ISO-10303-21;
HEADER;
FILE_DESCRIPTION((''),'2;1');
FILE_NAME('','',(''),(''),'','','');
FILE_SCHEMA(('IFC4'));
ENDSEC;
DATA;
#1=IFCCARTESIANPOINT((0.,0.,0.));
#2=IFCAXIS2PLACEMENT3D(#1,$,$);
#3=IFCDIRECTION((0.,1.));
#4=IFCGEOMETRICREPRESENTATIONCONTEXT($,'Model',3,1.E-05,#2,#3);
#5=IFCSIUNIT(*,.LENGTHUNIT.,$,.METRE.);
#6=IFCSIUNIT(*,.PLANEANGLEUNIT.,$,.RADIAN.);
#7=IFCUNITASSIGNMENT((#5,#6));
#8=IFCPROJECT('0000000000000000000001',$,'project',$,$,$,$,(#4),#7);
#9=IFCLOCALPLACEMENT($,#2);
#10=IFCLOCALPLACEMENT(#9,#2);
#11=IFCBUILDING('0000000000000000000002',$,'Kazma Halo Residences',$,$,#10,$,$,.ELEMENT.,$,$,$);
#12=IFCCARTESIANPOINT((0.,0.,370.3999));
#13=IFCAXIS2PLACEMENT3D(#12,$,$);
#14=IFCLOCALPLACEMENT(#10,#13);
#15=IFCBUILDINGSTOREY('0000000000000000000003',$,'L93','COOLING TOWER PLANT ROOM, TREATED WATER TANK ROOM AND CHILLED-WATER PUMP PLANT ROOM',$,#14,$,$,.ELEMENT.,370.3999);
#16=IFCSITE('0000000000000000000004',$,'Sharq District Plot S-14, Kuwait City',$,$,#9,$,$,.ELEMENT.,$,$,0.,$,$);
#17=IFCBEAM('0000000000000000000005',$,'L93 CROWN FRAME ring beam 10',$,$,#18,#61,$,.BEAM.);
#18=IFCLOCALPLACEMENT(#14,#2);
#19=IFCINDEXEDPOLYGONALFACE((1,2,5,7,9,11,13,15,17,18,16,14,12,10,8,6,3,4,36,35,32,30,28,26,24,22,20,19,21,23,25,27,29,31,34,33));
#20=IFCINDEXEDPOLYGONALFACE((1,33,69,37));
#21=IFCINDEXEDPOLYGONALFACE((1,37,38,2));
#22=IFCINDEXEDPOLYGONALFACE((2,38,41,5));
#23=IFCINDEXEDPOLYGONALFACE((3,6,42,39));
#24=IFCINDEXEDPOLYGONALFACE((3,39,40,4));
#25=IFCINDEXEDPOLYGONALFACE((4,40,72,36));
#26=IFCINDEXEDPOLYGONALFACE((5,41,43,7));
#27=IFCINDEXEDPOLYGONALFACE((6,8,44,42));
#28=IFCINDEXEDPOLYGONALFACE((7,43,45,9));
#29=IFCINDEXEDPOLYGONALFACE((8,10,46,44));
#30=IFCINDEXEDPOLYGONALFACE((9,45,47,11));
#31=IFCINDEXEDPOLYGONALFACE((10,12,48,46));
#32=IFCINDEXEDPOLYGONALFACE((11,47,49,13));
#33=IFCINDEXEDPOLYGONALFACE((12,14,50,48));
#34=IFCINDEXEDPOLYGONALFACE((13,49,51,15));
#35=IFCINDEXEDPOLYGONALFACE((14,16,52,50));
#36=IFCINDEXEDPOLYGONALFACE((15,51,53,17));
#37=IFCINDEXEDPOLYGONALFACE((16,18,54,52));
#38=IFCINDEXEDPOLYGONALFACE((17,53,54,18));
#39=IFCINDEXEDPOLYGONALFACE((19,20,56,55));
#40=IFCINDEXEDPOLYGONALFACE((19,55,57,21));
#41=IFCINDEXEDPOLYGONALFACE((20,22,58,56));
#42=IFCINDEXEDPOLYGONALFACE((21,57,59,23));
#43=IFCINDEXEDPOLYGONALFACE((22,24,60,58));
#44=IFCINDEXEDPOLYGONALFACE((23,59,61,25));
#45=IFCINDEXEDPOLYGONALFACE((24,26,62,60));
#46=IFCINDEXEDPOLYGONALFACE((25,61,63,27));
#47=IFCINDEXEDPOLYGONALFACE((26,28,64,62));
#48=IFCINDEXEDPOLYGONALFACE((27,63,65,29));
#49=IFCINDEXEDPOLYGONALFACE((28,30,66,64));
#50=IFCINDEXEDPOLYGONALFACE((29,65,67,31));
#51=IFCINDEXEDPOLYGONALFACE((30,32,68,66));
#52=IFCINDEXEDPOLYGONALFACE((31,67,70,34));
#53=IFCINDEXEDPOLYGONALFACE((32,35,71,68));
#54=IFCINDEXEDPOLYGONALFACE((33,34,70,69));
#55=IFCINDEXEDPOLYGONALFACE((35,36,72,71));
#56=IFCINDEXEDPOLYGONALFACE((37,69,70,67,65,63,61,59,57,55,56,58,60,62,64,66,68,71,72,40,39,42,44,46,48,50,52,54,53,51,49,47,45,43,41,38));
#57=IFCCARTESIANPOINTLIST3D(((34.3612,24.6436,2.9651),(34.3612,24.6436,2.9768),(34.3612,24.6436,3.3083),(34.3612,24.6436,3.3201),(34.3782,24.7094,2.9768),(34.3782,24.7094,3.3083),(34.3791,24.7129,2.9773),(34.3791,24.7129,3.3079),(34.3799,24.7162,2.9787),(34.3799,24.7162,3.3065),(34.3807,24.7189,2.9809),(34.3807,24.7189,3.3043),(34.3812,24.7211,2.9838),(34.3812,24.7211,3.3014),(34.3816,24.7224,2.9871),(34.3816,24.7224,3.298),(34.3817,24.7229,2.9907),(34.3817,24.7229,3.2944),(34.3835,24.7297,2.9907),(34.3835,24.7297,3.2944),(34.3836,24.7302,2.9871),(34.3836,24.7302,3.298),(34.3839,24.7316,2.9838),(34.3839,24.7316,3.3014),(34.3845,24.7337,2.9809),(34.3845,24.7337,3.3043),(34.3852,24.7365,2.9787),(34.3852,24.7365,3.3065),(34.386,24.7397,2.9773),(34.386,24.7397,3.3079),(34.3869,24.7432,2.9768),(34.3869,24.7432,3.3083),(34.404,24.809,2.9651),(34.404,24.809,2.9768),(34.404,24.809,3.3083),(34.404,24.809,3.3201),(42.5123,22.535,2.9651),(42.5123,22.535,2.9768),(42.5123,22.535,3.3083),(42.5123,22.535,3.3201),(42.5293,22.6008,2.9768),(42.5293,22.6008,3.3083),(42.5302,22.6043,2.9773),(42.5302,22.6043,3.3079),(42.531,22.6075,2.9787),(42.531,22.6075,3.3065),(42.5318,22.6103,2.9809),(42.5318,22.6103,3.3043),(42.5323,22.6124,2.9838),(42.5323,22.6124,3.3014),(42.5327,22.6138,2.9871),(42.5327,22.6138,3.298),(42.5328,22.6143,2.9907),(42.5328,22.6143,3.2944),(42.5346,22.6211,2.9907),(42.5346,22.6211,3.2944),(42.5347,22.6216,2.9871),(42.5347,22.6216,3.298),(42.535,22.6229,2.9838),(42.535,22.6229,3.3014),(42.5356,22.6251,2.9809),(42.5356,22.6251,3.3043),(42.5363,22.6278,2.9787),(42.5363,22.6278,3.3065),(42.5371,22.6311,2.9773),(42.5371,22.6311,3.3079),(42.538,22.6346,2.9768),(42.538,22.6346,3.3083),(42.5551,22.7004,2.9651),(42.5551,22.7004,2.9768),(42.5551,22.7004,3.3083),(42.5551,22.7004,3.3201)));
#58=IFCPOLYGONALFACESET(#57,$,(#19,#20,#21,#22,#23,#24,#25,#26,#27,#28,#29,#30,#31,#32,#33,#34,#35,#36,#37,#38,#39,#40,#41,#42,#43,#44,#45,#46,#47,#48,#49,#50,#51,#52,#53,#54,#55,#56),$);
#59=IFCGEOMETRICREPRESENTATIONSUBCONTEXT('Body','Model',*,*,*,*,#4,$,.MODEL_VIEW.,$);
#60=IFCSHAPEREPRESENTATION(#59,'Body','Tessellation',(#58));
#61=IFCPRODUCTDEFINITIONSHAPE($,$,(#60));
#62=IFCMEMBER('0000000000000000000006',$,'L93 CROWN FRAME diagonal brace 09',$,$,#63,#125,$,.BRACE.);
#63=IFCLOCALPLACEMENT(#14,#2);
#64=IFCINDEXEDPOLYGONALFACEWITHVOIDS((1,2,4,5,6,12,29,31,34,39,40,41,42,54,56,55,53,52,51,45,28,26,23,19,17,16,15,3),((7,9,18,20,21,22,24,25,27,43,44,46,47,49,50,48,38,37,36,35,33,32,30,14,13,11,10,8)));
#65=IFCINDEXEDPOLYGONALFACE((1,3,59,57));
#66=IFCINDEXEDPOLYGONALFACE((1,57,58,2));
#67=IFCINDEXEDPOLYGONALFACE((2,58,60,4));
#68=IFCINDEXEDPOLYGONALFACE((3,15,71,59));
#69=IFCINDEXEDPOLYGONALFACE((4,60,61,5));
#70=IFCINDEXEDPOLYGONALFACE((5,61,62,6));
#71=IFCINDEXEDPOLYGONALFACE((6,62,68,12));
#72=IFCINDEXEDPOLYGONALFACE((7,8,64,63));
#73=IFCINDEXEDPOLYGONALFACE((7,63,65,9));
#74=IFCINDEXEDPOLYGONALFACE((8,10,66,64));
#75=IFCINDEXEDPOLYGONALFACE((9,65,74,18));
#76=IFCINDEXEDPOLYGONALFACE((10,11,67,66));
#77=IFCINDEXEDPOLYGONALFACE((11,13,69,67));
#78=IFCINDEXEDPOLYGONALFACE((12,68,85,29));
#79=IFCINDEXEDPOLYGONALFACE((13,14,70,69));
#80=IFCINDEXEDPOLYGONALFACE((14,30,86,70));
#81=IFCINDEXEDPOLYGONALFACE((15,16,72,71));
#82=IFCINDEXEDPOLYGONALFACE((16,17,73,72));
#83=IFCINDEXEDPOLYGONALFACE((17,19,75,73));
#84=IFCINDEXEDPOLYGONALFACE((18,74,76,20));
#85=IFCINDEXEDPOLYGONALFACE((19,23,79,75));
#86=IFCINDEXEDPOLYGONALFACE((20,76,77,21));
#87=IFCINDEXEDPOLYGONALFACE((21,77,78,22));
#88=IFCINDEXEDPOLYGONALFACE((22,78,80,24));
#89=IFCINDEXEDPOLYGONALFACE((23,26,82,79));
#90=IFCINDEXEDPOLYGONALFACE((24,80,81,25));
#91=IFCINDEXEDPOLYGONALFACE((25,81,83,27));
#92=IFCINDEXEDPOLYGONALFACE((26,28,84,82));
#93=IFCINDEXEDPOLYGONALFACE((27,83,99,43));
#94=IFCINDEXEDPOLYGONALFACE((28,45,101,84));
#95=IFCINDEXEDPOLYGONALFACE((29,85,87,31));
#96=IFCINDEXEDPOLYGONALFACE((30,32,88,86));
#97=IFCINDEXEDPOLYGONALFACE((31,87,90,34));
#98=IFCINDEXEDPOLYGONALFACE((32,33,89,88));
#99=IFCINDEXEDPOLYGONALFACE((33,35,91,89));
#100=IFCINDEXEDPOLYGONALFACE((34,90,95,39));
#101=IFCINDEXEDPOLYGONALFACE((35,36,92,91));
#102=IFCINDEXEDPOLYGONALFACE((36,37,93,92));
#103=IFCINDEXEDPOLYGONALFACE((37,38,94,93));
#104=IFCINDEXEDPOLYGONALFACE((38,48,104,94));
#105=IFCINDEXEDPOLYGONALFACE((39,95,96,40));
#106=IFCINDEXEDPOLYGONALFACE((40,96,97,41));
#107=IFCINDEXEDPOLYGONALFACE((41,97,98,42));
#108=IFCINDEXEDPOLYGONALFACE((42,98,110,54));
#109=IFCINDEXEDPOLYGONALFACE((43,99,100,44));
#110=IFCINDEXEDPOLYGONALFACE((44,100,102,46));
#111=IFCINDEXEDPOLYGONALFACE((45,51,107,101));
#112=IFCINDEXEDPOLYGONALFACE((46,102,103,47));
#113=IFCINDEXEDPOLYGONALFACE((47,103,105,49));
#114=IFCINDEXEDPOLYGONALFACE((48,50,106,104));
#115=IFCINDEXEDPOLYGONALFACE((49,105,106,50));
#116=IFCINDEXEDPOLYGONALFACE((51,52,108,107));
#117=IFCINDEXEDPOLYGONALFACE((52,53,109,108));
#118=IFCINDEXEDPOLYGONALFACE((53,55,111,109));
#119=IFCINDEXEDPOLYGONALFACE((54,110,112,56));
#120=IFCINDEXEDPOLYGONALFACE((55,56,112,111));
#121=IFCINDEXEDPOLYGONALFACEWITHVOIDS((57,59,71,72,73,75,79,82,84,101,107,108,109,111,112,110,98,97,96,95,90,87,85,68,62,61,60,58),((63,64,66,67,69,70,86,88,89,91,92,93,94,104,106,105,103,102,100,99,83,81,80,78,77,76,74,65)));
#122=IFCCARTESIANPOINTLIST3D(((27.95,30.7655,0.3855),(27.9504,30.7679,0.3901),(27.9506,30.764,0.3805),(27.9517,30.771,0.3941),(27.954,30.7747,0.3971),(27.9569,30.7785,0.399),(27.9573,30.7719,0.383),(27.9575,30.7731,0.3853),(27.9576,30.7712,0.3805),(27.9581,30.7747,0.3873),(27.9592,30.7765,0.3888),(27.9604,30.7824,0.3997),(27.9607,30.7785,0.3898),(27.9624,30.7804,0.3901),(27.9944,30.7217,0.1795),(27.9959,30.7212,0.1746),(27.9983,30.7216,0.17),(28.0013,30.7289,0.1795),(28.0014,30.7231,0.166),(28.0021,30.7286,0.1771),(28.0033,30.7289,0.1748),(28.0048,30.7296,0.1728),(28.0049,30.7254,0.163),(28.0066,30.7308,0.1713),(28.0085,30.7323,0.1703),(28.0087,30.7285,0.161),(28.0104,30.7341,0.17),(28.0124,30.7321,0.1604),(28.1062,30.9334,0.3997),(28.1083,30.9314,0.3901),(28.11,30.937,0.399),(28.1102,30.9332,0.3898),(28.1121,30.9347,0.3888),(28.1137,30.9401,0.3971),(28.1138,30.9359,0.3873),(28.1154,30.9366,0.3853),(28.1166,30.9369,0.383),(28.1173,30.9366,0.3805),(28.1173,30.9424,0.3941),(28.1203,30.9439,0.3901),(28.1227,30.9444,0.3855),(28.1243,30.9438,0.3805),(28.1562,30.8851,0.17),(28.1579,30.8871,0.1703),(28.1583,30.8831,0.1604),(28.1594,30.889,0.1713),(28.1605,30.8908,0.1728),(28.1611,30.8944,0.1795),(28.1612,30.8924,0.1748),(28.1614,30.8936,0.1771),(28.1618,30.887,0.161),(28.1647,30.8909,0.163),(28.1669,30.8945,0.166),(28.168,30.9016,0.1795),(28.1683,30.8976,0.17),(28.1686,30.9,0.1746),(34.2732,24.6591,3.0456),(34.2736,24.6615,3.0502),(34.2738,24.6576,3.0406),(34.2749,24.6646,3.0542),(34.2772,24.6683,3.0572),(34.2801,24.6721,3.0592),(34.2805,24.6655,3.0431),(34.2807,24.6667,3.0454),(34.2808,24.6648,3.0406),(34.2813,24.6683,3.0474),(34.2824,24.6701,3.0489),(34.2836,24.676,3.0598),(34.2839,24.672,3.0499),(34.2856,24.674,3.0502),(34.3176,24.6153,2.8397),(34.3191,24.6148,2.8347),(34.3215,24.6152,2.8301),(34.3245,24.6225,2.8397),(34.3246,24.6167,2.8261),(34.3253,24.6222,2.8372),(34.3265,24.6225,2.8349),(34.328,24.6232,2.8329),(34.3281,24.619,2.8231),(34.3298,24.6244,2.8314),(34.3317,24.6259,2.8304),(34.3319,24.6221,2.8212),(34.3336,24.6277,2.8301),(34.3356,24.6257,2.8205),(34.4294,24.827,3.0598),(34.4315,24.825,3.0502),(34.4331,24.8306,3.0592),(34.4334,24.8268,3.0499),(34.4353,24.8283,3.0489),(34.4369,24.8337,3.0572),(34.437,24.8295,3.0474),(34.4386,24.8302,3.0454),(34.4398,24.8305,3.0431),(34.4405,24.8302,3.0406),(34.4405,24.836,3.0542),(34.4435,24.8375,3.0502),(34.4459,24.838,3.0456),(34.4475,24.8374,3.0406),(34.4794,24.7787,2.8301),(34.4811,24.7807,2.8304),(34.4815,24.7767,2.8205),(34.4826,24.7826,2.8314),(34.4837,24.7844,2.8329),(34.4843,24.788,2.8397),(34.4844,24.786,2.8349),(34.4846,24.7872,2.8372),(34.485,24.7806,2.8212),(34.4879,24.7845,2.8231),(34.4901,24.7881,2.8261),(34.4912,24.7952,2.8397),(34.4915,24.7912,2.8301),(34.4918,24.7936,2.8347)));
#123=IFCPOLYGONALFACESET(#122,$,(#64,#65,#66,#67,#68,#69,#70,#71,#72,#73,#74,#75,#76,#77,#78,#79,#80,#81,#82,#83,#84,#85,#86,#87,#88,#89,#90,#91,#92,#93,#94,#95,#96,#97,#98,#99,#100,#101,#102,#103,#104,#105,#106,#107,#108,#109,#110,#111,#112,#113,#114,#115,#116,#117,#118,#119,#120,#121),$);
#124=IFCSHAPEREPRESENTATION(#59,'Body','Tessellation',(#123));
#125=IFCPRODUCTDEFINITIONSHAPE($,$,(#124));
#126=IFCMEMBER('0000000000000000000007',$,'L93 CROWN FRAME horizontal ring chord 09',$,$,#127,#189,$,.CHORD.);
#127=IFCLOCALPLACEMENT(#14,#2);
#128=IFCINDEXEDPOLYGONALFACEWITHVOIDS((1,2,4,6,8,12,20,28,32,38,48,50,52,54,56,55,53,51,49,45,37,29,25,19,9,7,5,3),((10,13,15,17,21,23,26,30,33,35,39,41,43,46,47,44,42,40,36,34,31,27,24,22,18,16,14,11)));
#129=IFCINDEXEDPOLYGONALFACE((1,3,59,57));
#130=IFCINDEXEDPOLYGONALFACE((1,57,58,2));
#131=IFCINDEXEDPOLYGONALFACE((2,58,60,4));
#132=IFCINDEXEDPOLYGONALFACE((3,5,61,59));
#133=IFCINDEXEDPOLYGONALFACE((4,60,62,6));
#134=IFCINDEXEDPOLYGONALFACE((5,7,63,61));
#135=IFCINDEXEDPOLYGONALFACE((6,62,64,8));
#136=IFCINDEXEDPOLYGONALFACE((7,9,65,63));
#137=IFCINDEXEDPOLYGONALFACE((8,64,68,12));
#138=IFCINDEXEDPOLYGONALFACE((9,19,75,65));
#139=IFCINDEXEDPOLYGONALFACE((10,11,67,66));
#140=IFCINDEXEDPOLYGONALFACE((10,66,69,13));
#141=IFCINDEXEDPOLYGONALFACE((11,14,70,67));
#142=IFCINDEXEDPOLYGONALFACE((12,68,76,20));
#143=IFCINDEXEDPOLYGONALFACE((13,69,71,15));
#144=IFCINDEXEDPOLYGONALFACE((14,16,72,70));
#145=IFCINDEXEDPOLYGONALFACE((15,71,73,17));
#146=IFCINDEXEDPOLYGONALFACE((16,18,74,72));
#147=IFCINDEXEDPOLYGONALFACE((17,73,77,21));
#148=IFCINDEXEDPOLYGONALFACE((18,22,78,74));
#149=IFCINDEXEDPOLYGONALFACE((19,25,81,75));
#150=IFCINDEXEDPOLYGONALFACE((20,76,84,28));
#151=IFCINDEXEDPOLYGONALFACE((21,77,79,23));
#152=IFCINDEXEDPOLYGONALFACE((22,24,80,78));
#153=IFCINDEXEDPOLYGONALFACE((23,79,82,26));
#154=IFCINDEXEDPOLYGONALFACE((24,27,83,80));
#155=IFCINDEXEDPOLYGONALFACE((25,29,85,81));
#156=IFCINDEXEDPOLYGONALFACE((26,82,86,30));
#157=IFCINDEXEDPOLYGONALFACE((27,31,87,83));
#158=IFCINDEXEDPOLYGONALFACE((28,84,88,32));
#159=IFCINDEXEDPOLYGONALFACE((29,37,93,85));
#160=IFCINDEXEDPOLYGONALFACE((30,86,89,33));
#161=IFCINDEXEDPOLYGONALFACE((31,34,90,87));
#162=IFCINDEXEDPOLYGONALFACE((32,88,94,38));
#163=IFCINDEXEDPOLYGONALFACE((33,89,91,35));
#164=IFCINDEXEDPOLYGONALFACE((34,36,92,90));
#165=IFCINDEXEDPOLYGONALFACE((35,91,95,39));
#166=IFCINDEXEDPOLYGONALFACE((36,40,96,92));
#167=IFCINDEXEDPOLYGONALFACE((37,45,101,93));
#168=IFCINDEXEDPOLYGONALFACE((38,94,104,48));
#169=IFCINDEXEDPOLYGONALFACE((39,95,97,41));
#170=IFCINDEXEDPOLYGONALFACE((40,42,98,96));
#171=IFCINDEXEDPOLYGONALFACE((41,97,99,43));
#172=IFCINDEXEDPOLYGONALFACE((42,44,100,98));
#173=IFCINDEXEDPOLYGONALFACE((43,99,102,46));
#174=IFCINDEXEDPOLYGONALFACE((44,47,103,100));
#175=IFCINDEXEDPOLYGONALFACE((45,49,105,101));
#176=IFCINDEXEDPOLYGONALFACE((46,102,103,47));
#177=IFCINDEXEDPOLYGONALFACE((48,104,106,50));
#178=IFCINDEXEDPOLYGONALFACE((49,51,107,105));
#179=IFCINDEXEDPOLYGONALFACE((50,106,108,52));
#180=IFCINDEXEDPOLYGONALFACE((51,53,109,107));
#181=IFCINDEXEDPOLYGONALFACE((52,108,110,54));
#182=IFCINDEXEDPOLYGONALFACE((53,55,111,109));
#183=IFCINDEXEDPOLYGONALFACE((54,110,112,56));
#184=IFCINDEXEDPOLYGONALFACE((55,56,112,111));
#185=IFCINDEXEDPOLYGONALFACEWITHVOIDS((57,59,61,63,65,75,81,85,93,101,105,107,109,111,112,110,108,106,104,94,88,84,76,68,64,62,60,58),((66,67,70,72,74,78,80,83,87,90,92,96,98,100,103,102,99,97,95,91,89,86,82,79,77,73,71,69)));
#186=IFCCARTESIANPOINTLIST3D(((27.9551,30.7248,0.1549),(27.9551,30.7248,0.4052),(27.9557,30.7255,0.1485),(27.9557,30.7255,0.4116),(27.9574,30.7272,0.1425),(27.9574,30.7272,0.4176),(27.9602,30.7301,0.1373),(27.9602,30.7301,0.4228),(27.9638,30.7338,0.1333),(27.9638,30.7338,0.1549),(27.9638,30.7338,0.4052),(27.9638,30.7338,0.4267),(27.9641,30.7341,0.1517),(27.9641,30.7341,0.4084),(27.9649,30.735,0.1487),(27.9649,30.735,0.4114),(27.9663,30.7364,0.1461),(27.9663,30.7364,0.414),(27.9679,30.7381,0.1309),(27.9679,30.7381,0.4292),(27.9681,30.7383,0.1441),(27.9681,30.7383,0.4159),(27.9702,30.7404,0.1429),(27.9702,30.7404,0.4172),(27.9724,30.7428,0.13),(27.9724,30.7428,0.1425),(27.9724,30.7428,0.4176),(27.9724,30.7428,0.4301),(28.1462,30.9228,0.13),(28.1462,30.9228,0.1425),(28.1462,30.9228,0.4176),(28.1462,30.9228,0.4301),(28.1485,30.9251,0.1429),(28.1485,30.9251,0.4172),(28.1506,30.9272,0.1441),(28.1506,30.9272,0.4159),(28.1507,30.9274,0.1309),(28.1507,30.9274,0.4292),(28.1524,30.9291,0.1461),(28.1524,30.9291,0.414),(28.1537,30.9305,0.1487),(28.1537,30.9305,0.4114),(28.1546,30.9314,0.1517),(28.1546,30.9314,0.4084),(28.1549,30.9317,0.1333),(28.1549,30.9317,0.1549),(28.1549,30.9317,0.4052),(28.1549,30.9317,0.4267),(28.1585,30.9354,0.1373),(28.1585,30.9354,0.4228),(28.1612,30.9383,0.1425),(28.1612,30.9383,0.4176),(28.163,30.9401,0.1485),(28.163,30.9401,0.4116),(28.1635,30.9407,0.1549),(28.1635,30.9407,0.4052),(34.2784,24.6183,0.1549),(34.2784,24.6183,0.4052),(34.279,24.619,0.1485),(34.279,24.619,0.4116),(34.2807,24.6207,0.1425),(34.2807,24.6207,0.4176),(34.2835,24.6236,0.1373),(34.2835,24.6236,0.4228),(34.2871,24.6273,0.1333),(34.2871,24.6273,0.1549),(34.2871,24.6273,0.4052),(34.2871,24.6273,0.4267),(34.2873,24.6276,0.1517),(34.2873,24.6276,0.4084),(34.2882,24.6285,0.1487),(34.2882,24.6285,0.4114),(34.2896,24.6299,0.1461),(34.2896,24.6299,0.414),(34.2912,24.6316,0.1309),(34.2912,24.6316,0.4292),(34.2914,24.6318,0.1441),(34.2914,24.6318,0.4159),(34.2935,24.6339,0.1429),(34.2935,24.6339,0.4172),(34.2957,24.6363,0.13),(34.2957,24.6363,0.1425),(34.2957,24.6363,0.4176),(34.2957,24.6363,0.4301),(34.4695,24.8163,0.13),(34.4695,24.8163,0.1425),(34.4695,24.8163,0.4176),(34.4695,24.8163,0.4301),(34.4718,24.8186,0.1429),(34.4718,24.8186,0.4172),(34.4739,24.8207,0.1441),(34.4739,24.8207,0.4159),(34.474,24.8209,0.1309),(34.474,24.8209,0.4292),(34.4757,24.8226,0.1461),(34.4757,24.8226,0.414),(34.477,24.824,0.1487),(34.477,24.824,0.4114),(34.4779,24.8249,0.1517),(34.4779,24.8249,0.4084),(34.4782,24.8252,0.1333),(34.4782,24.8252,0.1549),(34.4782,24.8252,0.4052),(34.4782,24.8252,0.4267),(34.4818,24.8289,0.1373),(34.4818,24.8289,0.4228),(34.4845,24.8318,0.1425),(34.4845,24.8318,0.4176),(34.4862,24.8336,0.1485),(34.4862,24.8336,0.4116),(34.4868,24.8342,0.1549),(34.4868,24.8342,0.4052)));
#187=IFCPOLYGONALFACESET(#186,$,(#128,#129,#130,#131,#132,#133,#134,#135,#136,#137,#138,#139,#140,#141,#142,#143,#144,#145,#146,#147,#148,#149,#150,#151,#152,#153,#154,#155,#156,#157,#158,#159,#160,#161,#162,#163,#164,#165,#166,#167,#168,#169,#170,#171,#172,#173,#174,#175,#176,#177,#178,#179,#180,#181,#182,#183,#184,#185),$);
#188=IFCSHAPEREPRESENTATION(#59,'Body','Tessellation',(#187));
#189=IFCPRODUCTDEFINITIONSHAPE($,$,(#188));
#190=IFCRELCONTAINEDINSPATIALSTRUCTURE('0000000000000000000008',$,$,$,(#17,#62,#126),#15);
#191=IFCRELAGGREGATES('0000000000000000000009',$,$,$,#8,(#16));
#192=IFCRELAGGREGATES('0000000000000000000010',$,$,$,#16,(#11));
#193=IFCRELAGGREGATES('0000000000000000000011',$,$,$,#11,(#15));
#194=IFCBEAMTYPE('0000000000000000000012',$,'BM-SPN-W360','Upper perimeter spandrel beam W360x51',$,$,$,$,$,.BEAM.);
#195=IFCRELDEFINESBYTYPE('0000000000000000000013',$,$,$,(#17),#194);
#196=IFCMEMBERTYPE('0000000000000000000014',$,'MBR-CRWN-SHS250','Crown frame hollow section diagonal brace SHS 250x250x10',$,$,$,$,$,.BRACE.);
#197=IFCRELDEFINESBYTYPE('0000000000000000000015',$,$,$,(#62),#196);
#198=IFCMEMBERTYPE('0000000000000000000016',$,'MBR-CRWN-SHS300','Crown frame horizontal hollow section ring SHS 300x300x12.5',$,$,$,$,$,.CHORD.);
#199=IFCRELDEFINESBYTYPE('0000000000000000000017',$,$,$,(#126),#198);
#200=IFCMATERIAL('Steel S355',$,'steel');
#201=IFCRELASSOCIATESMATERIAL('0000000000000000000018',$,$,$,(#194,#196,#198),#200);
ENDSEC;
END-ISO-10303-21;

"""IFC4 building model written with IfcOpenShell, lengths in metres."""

from ifc_helpers import new_model, si_unit, direction, frame, origin, origin_2d, place, context, subcontext, project, spatial, hollow_rectangle, i_section, extrude, material, material_profile, profile_set, type_object, element, save


model = new_model("IFC4")

# Units and contexts
model_context = context("Model", 3, precision=1e-05, world=origin(), true_north=direction((0.0, 1.0)))
body_context = subcontext(model_context, "Body", "Model", "MODEL_VIEW")
ifc_project = project(units=[si_unit("LENGTHUNIT", "METRE"), si_unit("PLANEANGLEUNIT", "RADIAN")], contexts=[model_context])

# Site, building, storey
site_placement = place(None, origin())
site = spatial("IfcSite", under=ifc_project, at=site_placement, Name="Sharq District Plot S-14, Kuwait City", CompositionType="ELEMENT", RefElevation=0.0)
building_placement = place(site_placement, origin())
building = spatial("IfcBuilding", under=site, at=building_placement, Name="Kazma Halo Residences", CompositionType="ELEMENT")
storey_placement = place(building_placement, frame((0.0, 0.0, 370.3999)))
storey = spatial("IfcBuildingStorey", under=building, at=storey_placement, Name="L93", Description="COOLING TOWER PLANT ROOM, TREATED WATER TANK ROOM AND CHILLED-WATER PUMP PLANT ROOM", CompositionType="ELEMENT", Elevation=370.3999)

# Shared definitions
ifc_material_1 = material(Name="Steel S355", Category="steel")

# Beam
ifc_material_profile_1 = material_profile(ifc_material_1, i_section(OverallWidth=0.1709, OverallDepth=0.355, WebThickness=0.0071, FlangeThickness=0.0117, FilletRadius=0.0139, at=origin_2d()), Name="W360x51")
ifc_profile_set_1 = profile_set([ifc_material_profile_1], Name="Steel S355")
beam_type_1 = type_object("IfcBeamType", Name="BM-SPN-W360", Description="Upper perimeter spandrel beam W360x51", PredefinedType="BEAM", material=ifc_profile_set_1)
beam_1_placement = place(storey_placement, frame((34.3826, 24.7263, 3.1426), z_axis=(0.96813, -0.250449, 0.0), x_axis=(0.250449, 0.96813, 0.0)))
element("IfcBeam", 1, at=beam_1_placement, inside=storey, type_object=beam_type_1, Name="L93 CROWN FRAME ring beam 10", PredefinedType="BEAM", context=body_context, shape_type="SweptSolid", body=[
    extrude(i_section(OverallWidth=0.1709, OverallDepth=0.355, WebThickness=0.0071, FlangeThickness=0.0117, FilletRadius=0.0139, at=origin_2d()), origin(), (0.0, 0.0, 1.0), 8.4194),
])

# Members
ifc_material_profile_2 = material_profile(ifc_material_1, hollow_rectangle(XDim=0.25, YDim=0.25, WallThickness=0.01, InnerFilletRadius=0.01, OuterFilletRadius=0.02, at=origin_2d()), Name="SHS250x250x10")
ifc_profile_set_2 = profile_set([ifc_material_profile_2], Name="Steel S355")
member_type_1 = type_object("IfcMemberType", Name="MBR-CRWN-SHS250", Description="Crown frame hollow section diagonal brace SHS 250x250x10", PredefinedType="BRACE", material=ifc_profile_set_2)
member_1_placement = place(storey_placement, frame((28.0593, 30.8328, 0.28), z_axis=(0.688496, -0.66489, 0.289647), x_axis=(0.694668, 0.719331, 0.0)))
element("IfcMember", 2, at=member_1_placement, inside=storey, type_object=member_type_1, Name="L93 CROWN FRAME diagonal brace 09", PredefinedType="BRACE", context=body_context, shape_type="SweptSolid", body=[
    extrude(hollow_rectangle(XDim=0.25, YDim=0.25, WallThickness=0.01, InnerFilletRadius=0.01, OuterFilletRadius=0.02, at=origin_2d()), origin(), (0.0, 0.0, 1.0), 9.1841),
])
ifc_material_profile_3 = material_profile(ifc_material_1, hollow_rectangle(XDim=0.3, YDim=0.3, WallThickness=0.0125, InnerFilletRadius=0.0125, OuterFilletRadius=0.0249, at=origin_2d()), Name="SHS300x300x12.5")
ifc_profile_set_3 = profile_set([ifc_material_profile_3], Name="Steel S355")
member_type_2 = type_object("IfcMemberType", Name="MBR-CRWN-SHS300", Description="Crown frame horizontal hollow section ring SHS 300x300x12.5", PredefinedType="CHORD", material=ifc_profile_set_3)
member_2_placement = place(storey_placement, frame((28.0593, 30.8328, 0.28), z_axis=(0.719331, -0.694668, 0.0), x_axis=(0.694668, 0.719331, 0.0)))
element("IfcMember", 3, at=member_2_placement, inside=storey, type_object=member_type_2, Name="L93 CROWN FRAME horizontal ring chord 09", PredefinedType="CHORD", context=body_context, shape_type="SweptSolid", body=[
    extrude(hollow_rectangle(XDim=0.3, YDim=0.3, WallThickness=0.0125, InnerFilletRadius=0.0125, OuterFilletRadius=0.0249, at=origin_2d()), origin(), (0.0, 0.0, 1.0), 8.7905),
])

save(model, "model.ifc")
